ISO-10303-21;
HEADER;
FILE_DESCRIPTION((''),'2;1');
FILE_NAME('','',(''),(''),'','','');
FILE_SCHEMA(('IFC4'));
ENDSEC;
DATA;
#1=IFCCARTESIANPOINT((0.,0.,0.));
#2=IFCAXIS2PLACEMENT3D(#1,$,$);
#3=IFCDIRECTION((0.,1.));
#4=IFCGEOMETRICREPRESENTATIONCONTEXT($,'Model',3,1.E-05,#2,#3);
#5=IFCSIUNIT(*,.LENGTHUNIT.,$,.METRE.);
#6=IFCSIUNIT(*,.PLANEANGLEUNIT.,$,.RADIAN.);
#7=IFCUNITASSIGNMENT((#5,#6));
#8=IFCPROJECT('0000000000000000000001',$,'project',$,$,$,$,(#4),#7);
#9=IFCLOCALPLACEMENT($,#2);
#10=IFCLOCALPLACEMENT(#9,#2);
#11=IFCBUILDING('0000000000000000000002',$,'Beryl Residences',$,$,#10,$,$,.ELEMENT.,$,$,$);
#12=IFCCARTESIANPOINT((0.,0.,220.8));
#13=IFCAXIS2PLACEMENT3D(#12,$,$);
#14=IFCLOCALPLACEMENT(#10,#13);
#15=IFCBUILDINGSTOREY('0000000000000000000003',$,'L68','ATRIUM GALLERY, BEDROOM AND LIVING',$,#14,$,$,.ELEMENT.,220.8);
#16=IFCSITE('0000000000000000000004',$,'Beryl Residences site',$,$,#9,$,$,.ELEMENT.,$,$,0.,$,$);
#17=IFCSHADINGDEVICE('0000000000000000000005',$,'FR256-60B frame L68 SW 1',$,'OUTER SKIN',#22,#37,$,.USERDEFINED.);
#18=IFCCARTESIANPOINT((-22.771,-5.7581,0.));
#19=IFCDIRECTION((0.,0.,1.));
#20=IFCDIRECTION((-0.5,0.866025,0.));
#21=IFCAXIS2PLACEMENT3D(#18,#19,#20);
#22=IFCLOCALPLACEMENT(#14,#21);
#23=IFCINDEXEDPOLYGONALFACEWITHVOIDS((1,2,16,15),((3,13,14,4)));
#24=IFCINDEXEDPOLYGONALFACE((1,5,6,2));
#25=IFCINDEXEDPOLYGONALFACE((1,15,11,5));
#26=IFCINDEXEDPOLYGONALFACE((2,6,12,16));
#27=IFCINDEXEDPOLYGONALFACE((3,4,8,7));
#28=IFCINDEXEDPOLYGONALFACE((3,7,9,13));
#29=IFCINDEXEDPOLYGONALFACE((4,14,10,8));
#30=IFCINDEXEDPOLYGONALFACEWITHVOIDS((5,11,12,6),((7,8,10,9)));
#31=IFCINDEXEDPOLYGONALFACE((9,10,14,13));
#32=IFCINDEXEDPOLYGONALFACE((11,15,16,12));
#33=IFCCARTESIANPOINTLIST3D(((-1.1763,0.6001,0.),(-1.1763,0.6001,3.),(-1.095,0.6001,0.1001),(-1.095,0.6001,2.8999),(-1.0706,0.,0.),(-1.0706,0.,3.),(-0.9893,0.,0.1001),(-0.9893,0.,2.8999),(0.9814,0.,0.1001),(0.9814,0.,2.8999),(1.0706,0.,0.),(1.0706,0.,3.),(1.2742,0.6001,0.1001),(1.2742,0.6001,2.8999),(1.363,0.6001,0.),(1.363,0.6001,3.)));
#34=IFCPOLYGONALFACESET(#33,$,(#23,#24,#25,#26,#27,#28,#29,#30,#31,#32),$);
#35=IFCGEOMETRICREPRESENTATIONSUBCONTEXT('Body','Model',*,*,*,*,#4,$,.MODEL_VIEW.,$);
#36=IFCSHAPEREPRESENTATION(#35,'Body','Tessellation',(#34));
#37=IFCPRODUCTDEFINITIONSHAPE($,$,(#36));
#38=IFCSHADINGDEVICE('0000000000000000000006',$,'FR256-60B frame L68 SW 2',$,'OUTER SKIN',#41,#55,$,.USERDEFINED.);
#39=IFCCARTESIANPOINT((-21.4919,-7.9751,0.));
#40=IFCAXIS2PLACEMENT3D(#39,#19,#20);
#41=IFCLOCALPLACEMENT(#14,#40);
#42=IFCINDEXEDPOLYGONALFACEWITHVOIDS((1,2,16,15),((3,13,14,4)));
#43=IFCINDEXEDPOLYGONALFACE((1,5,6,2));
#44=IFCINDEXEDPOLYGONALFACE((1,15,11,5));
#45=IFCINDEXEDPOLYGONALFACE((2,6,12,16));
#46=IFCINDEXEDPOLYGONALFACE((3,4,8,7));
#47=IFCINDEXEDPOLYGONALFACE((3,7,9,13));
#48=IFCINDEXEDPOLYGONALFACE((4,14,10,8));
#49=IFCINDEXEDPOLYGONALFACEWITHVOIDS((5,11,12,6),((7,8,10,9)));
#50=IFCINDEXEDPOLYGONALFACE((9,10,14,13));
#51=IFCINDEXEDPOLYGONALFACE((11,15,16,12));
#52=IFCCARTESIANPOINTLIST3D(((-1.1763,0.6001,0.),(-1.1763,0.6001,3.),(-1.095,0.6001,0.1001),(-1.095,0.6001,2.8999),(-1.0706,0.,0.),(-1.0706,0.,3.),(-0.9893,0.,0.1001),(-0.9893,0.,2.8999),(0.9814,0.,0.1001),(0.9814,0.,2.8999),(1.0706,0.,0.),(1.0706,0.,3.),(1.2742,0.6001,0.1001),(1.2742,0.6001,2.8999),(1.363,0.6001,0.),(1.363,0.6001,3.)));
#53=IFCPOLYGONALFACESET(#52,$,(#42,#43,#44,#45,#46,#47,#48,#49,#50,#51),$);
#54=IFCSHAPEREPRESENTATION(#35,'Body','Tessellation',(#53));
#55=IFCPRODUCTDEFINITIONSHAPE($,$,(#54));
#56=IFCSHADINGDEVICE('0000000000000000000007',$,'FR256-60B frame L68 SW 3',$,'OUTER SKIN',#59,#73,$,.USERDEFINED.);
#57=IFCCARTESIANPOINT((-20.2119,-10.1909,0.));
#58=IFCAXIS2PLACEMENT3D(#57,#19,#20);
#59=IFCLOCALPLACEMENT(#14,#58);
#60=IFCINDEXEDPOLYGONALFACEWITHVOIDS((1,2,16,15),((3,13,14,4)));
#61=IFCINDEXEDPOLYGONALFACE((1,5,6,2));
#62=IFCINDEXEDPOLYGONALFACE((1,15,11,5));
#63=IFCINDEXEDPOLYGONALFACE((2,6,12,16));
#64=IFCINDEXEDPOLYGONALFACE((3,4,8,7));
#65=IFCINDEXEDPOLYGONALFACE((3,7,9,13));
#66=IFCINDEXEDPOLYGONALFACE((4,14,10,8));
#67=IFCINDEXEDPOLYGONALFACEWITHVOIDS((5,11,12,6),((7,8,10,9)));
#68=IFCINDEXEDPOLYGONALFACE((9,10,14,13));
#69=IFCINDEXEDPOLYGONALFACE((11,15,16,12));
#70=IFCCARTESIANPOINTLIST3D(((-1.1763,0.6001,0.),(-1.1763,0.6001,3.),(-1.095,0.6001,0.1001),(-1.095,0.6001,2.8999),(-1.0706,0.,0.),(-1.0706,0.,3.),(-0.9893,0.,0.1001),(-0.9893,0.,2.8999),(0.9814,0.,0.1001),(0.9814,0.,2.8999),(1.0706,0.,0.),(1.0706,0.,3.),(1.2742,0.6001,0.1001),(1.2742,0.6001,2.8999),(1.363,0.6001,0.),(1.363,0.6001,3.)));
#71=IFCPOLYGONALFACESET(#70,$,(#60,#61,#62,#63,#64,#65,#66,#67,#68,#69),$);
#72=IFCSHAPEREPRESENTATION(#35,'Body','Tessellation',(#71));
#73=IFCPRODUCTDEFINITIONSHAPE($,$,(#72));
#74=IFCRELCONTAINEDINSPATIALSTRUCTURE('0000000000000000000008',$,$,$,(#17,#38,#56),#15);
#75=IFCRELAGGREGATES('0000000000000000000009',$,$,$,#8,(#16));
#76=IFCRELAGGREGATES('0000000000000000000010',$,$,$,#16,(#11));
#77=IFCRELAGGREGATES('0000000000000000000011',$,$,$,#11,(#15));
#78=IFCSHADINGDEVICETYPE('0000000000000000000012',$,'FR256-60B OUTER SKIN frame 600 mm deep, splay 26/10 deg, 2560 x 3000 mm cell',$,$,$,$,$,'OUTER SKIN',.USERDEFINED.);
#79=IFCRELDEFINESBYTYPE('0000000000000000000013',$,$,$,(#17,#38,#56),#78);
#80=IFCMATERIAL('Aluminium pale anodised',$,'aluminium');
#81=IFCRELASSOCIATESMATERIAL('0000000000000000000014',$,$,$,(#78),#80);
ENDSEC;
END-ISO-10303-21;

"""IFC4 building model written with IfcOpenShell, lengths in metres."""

from ifc_helpers import new_model, entity, si_unit, direction, frame, origin, place, context, subcontext, project, spatial, source, transform, mapped, material, type_object, type_shapes, element, save


model = new_model("IFC4")

# Units and contexts
model_context = context("Model", 3, precision=1e-05, world=origin(), true_north=direction((0.0, 1.0)))
body_context = subcontext(model_context, "Body", "Model", "MODEL_VIEW")
ifc_project = project(units=[si_unit("LENGTHUNIT", "METRE"), si_unit("PLANEANGLEUNIT", "RADIAN")], contexts=[model_context])

# Site, building, storey
site_placement = place(None, origin())
site = spatial("IfcSite", under=ifc_project, at=site_placement, Name="Beryl Residences site", CompositionType="ELEMENT", RefElevation=0.0)
building_placement = place(site_placement, origin())
building = spatial("IfcBuilding", under=site, at=building_placement, Name="Beryl Residences", CompositionType="ELEMENT")
storey_placement = place(building_placement, frame((0.0, 0.0, 220.8)))
storey = spatial("IfcBuildingStorey", under=building, at=storey_placement, Name="L68", Description="ATRIUM GALLERY, BEDROOM AND LIVING", CompositionType="ELEMENT", Elevation=220.8)

# Shading devices
ifc_material_1 = material(Name="Aluminium pale anodised", Category="aluminium")
shading_device_type = type_object("IfcShadingDeviceType", Name="FR256-60B OUTER SKIN frame 600 mm deep, splay 26/10 deg, 2560 x 3000 mm cell", ElementType="OUTER SKIN", PredefinedType="USERDEFINED", material=ifc_material_1)
cartesian_point_1 = entity("IfcCartesianPoint", [-1.0706, 0.0])
cartesian_point_2 = entity("IfcCartesianPoint", [-0.9814, 0.1001])
cartesian_point_3 = entity("IfcCartesianPoint", [-1.363, 0.0])
cartesian_point_4 = entity("IfcCartesianPoint", [-1.2742, 0.1001])
shared_shape_1 = source(origin(), body_context, "Body", "SweptSolid", [
    entity("IfcExtrudedAreaSolidTapered", entity("IfcArbitraryProfileDefWithVoids", "AREA", None, entity("IfcPolyline", [cartesian_point_1, entity("IfcCartesianPoint", [1.0706, 0.0]), entity("IfcCartesianPoint", [1.0706, 3.0]), entity("IfcCartesianPoint", [-1.0706, 3.0]), cartesian_point_1]), [entity("IfcPolyline", [cartesian_point_2, entity("IfcCartesianPoint", [0.9893, 0.1001]), entity("IfcCartesianPoint", [0.9893, 2.8999]), entity("IfcCartesianPoint", [-0.9814, 2.8999]), cartesian_point_2])]), entity("IfcAxis2Placement3D", entity("IfcCartesianPoint", [0.0, 0.0, 0.0]), entity("IfcDirection", [0.0, 1.0, 0.0]), entity("IfcDirection", [-1.0, 0.0, 0.0])), entity("IfcDirection", [0.0, 0.0, 1.0]), 0.6001, entity("IfcArbitraryProfileDefWithVoids", "AREA", None, entity("IfcPolyline", [cartesian_point_3, entity("IfcCartesianPoint", [1.1763, 0.0]), entity("IfcCartesianPoint", [1.1763, 3.0]), entity("IfcCartesianPoint", [-1.363, 3.0]), cartesian_point_3]), [entity("IfcPolyline", [cartesian_point_4, entity("IfcCartesianPoint", [1.095, 0.1001]), entity("IfcCartesianPoint", [1.095, 2.8999]), entity("IfcCartesianPoint", [-1.2742, 2.8999]), cartesian_point_4])])),
])
type_shapes(shading_device_type, [shared_shape_1])
for number, where, z_axis, x_axis, name in (
    (1, (-22.771, -5.7581, 0.0), (0.0, 0.0, 1.0), (-0.5, 0.866025, 0.0), "FR256-60B frame L68 SW 1"),
    (2, (-21.4919, -7.9751, 0.0), (0.0, 0.0, 1.0), (-0.5, 0.866025, 0.0), "FR256-60B frame L68 SW 2"),
    (3, (-20.2119, -10.1909, 0.0), (0.0, 0.0, 1.0), (-0.5, 0.866025, 0.0), "FR256-60B frame L68 SW 3"),
):
    element("IfcShadingDevice", number, at=place(storey_placement, frame(where, z_axis=z_axis, x_axis=x_axis)), inside=storey, type_object=shading_device_type, Name=name, ObjectType="OUTER SKIN", PredefinedType="USERDEFINED", context=body_context, shape_type="MappedRepresentation", body=[
        mapped(shared_shape_1, transform((0.0, 0.0, 0.0))),
    ])

save(model, "model.ifc")
